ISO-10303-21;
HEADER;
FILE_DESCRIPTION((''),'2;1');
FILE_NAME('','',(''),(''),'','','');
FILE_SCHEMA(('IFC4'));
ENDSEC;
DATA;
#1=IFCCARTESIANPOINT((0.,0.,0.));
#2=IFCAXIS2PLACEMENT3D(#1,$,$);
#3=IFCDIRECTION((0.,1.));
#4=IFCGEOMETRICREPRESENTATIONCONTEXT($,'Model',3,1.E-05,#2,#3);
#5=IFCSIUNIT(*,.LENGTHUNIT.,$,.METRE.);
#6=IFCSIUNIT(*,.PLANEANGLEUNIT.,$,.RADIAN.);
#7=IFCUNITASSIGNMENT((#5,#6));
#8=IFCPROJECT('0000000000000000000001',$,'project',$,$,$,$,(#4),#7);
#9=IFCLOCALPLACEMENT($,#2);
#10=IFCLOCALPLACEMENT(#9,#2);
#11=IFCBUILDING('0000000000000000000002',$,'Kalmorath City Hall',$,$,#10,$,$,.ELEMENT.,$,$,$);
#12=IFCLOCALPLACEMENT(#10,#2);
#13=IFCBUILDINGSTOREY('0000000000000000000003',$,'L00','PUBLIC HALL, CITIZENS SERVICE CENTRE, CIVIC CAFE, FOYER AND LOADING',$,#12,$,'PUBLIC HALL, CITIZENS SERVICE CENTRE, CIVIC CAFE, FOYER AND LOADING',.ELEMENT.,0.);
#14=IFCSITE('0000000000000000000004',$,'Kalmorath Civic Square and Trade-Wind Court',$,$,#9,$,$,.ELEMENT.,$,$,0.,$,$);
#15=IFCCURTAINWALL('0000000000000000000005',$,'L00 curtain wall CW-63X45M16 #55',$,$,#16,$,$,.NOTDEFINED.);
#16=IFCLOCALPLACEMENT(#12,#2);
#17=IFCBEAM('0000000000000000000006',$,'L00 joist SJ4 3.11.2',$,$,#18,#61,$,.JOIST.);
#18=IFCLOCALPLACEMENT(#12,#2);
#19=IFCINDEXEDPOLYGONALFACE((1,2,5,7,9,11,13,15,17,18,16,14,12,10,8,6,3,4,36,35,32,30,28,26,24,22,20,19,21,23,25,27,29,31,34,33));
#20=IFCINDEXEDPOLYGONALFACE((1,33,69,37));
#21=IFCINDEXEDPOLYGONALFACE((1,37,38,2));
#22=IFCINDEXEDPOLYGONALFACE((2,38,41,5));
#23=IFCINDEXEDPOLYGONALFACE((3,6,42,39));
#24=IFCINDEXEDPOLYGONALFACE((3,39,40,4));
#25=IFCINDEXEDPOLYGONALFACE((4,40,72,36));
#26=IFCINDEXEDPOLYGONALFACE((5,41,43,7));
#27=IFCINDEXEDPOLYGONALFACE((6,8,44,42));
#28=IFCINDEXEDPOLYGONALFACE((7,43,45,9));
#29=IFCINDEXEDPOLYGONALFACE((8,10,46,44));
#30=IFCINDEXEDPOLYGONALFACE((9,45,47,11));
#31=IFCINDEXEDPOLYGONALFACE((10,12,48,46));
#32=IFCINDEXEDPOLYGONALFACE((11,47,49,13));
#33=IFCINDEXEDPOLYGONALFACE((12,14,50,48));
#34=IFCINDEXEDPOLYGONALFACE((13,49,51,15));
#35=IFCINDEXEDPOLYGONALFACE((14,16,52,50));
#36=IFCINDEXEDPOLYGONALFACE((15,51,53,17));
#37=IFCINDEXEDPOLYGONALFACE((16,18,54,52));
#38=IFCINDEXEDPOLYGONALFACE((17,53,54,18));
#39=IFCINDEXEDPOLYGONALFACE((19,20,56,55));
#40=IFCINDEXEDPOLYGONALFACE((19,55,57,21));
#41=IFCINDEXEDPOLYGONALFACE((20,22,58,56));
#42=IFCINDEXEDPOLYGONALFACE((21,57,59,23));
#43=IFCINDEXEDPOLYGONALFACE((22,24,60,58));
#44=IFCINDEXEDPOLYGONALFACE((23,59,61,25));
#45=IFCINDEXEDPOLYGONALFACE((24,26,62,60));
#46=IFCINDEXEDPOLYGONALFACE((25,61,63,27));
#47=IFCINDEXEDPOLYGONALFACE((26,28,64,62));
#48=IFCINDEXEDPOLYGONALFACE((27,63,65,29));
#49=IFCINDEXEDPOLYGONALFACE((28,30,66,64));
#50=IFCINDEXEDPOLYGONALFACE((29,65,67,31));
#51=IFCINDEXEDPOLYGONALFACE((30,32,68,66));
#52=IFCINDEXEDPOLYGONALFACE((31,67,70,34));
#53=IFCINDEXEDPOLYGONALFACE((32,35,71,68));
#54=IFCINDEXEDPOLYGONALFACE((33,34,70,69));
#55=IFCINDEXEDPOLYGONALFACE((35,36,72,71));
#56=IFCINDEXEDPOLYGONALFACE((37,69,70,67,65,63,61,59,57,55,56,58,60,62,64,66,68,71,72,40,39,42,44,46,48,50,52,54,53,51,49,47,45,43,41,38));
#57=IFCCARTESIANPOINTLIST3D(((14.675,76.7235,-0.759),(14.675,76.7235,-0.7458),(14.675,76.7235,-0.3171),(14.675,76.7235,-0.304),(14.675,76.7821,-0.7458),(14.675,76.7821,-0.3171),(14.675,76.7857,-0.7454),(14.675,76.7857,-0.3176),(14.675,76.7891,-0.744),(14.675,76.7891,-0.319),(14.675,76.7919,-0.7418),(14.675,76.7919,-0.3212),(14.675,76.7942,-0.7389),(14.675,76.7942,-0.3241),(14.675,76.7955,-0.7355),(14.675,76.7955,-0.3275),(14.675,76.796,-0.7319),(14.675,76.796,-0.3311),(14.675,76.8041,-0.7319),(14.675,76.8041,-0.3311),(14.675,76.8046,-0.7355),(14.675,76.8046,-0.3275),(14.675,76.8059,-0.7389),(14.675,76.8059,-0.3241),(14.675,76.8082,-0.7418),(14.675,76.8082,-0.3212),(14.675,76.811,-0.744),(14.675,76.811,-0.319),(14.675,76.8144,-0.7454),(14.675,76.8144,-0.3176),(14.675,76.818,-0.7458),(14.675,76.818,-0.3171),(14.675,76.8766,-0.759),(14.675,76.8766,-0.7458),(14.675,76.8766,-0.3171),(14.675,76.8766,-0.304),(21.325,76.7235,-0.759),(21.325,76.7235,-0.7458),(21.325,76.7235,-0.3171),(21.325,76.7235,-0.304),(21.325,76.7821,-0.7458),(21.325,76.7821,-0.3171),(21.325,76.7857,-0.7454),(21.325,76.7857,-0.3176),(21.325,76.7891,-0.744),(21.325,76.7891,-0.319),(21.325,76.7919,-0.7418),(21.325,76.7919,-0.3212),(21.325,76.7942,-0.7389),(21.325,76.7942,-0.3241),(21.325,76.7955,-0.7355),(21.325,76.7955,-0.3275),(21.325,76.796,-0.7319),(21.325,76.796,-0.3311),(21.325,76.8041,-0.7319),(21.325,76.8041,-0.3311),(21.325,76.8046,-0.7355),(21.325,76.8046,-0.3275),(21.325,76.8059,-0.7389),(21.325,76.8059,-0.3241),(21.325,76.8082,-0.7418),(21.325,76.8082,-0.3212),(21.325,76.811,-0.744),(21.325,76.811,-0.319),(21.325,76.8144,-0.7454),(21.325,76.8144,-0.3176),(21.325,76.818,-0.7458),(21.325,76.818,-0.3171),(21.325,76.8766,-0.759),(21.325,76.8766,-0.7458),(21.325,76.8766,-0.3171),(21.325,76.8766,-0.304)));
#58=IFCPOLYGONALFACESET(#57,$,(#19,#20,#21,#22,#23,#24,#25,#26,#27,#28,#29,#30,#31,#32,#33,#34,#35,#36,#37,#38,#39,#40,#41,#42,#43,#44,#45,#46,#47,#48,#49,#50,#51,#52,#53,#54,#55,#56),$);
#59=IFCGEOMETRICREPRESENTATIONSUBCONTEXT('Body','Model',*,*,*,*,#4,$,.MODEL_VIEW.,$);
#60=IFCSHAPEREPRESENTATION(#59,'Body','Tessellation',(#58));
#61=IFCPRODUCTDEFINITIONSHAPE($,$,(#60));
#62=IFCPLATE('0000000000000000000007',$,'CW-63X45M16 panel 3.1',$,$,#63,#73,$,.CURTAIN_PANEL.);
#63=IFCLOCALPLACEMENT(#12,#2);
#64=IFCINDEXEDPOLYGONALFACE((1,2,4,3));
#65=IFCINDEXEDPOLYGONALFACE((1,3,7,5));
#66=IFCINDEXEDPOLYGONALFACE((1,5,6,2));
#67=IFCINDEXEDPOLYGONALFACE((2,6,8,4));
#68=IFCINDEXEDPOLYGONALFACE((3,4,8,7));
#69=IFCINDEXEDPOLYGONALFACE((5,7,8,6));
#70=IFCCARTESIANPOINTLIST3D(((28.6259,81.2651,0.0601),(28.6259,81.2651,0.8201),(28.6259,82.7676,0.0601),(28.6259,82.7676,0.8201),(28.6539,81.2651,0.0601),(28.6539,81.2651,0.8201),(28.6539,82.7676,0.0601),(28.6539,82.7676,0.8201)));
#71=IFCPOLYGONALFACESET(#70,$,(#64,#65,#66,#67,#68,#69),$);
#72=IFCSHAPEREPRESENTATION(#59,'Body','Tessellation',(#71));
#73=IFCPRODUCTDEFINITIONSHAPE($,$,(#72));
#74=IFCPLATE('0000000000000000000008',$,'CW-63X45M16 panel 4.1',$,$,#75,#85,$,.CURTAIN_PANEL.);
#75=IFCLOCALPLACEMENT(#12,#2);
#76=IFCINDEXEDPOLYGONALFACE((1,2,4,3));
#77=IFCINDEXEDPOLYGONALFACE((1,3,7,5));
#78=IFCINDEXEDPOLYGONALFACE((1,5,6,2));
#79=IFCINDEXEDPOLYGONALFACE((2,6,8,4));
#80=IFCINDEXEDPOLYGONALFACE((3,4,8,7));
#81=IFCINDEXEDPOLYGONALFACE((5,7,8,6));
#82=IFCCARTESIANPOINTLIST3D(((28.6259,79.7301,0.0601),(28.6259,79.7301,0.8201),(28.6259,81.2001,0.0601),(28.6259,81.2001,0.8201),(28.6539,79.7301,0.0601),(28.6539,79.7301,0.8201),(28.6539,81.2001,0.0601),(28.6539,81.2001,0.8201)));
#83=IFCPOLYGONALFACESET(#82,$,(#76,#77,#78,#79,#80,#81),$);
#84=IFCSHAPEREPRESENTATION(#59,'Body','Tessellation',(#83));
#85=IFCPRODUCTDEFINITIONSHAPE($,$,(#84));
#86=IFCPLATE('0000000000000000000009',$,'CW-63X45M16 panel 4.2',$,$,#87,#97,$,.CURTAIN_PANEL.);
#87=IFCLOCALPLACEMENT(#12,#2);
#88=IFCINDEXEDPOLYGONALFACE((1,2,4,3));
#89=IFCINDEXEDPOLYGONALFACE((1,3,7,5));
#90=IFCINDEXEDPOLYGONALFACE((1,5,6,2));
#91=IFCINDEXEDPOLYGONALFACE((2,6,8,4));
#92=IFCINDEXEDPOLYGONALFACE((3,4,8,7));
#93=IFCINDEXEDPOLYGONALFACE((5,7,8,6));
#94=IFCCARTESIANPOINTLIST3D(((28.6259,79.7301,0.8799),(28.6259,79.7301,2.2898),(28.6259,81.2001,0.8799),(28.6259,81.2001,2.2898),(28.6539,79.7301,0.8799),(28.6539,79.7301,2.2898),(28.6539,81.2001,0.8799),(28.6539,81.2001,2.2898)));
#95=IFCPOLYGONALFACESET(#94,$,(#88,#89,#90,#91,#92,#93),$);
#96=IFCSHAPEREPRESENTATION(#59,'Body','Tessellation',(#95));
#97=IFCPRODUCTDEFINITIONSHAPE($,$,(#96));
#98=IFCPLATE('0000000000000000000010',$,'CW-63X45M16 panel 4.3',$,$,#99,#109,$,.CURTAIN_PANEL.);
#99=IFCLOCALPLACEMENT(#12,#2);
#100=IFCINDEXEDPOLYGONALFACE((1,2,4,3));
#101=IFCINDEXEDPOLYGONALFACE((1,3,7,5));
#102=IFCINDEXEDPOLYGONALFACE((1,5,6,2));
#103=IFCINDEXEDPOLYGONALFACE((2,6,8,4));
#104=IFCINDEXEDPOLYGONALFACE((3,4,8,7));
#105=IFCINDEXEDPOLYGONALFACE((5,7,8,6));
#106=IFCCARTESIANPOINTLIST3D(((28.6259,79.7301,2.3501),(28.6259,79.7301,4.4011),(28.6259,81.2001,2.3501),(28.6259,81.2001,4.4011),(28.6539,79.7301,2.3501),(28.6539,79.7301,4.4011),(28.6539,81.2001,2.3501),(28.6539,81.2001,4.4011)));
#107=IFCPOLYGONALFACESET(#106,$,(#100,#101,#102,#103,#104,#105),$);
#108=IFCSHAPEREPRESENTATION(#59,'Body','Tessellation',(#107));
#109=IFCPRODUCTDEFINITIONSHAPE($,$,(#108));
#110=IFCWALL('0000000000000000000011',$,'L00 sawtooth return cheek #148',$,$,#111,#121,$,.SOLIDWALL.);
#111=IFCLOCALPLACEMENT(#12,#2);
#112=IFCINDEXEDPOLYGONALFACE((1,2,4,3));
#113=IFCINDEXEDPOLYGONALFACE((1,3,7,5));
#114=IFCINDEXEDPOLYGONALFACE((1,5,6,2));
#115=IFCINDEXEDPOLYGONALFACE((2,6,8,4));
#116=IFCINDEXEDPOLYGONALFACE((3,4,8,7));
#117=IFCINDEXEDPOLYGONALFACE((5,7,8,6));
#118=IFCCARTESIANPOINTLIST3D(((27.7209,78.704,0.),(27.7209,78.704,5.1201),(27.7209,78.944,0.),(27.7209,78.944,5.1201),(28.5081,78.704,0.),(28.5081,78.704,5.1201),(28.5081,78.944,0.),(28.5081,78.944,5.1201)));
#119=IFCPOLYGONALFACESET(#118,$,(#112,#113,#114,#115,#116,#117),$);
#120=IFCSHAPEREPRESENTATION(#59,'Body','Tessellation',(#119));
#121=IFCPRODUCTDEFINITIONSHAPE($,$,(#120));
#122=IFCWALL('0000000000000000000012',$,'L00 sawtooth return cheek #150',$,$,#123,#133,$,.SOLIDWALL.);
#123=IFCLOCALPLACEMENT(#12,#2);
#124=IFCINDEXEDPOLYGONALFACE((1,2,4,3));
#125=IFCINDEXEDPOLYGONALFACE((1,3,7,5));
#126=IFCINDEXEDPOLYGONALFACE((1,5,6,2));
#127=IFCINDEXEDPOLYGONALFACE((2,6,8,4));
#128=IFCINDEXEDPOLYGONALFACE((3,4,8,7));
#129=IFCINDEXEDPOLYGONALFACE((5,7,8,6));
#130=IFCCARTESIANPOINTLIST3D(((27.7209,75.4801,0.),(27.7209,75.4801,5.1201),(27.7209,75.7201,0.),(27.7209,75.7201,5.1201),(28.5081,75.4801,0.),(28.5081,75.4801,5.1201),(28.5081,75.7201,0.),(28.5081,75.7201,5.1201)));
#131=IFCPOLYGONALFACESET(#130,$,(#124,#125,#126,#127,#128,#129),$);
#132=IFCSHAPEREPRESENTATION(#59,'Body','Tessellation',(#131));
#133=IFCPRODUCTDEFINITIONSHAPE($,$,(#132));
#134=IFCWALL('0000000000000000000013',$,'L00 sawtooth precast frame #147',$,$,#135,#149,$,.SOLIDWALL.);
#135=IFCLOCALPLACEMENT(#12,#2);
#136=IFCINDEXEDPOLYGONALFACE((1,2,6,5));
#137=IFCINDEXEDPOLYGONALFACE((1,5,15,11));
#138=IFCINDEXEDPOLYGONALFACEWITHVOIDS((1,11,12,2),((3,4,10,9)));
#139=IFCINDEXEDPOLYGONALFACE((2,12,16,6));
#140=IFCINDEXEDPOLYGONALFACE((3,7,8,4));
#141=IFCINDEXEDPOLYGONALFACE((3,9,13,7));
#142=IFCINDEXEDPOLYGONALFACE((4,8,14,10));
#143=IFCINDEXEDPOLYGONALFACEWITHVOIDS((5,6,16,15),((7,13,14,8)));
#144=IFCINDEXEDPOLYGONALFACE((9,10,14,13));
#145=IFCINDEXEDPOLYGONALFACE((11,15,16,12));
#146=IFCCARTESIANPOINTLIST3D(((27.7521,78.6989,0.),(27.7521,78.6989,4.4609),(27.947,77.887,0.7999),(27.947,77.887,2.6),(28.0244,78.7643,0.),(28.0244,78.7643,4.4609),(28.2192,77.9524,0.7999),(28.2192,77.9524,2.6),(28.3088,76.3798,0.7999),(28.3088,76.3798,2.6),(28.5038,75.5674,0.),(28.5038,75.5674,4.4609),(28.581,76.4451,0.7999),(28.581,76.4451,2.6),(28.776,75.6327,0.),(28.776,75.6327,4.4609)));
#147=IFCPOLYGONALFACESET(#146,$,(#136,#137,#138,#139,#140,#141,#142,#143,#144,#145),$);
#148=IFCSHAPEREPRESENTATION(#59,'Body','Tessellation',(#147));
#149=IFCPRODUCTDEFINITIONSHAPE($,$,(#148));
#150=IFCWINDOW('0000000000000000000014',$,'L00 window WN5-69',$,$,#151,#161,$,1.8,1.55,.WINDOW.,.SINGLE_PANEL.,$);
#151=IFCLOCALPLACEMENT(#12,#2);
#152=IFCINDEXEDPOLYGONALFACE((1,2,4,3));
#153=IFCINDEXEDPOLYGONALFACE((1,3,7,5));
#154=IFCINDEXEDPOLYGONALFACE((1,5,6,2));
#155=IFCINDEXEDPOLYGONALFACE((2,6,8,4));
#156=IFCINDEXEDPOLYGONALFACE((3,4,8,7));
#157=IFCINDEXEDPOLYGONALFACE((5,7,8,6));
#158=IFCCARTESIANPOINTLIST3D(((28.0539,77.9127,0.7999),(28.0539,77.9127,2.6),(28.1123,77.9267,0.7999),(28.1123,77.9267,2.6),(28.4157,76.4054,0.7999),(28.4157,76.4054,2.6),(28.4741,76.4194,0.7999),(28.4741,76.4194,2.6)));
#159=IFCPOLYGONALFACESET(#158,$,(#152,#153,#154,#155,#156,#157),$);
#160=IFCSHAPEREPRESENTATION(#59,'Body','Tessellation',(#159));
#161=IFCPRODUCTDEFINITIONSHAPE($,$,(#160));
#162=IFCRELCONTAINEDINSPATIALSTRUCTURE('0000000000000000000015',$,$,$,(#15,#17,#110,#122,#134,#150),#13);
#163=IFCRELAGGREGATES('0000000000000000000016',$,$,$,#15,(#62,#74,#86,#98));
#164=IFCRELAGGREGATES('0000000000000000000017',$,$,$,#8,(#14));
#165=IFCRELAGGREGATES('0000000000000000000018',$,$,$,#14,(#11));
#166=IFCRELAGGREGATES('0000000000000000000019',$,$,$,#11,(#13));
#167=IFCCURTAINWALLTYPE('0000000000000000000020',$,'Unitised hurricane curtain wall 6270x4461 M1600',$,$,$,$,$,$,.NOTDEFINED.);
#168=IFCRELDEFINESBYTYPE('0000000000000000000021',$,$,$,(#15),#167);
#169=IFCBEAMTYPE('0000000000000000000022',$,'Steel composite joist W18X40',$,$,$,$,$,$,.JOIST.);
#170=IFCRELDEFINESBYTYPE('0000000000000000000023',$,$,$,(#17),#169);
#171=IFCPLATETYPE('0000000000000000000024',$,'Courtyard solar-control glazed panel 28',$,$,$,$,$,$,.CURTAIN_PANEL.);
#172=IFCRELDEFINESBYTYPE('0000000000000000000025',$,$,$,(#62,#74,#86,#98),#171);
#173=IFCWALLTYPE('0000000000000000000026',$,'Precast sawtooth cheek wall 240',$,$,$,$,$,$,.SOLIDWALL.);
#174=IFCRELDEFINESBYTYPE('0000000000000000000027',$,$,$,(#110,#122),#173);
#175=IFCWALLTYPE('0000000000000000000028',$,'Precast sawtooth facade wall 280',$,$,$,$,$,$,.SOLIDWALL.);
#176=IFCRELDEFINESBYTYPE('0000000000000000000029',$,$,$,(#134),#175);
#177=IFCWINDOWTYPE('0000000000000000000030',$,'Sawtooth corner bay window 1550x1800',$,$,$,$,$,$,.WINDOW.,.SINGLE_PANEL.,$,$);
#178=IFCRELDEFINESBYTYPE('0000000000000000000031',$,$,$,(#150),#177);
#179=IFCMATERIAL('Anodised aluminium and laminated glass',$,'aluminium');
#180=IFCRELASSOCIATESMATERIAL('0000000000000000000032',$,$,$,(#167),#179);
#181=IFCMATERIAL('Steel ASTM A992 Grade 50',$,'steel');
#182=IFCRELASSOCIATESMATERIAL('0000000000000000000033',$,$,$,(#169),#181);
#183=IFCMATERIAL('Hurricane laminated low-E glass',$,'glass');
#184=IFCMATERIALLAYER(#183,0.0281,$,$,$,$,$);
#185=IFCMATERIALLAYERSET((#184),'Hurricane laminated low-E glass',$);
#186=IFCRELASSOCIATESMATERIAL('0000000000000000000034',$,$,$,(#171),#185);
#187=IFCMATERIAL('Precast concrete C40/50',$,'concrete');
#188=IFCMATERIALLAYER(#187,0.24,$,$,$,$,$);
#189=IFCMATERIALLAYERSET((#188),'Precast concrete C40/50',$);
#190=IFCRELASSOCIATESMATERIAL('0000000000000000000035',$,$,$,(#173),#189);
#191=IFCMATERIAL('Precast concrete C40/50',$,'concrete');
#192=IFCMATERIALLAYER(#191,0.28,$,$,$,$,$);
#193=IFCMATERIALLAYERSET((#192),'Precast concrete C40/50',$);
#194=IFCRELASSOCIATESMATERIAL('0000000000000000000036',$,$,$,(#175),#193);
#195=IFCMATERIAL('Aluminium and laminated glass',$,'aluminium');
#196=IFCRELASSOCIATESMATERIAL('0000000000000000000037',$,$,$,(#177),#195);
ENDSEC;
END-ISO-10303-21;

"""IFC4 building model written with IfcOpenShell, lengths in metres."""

from ifc_helpers import new_model, si_unit, direction, frame, frame_2d, origin, origin_2d, place, context, subcontext, project, spatial, rectangle, i_section, extrude, material, layer, layer_set, material_profile, profile_set, type_object, element, fill, aggregate, save


model = new_model("IFC4")

# Units and contexts
model_context = context("Model", 3, precision=1e-05, world=origin(), true_north=direction((0.0, 1.0)))
body_context = subcontext(model_context, "Body", "Model", "MODEL_VIEW")
ifc_project = project(units=[si_unit("LENGTHUNIT", "METRE"), si_unit("PLANEANGLEUNIT", "RADIAN")], contexts=[model_context])

# Site, building, storey
site_placement = place(None, origin())
site = spatial("IfcSite", under=ifc_project, at=site_placement, Name="Kalmorath Civic Square and Trade-Wind Court", CompositionType="ELEMENT", RefElevation=0.0)
building_placement = place(site_placement, origin())
building = spatial("IfcBuilding", under=site, at=building_placement, Name="Kalmorath City Hall", CompositionType="ELEMENT")
storey_placement = place(building_placement, origin())
storey = spatial("IfcBuildingStorey", under=building, at=storey_placement, Name="L00", Description="PUBLIC HALL, CITIZENS SERVICE CENTRE, CIVIC CAFE, FOYER AND LOADING", LongName="PUBLIC HALL, CITIZENS SERVICE CENTRE, CIVIC CAFE, FOYER AND LOADING", CompositionType="ELEMENT", Elevation=0.0)

# Curtain wall
ifc_material_1 = material(Name="Anodised aluminium and laminated glass", Category="aluminium")
curtain_wall_type = type_object("IfcCurtainWallType", Name="Unitised hurricane curtain wall 6270x4461 M1600", PredefinedType="NOTDEFINED", material=ifc_material_1)
curtain_wall_placement = place(storey_placement, origin())
curtain_wall = element("IfcCurtainWall", 1, at=curtain_wall_placement, inside=storey, type_object=curtain_wall_type, Name="L00 curtain wall CW-63X45M16 #55", PredefinedType="NOTDEFINED")

# Beam
ifc_material_2 = material(Name="Steel ASTM A992 Grade 50", Category="steel")
ifc_material_profile_1 = material_profile(ifc_material_2, i_section(OverallWidth=0.1531, OverallDepth=0.4551, WebThickness=0.0081, FlangeThickness=0.0132, FilletRadius=0.0139, at=origin_2d()), Name="W18X40")
ifc_profile_set_1 = profile_set([ifc_material_profile_1], Name="Steel ASTM A992 Grade 50")
beam_type_1 = type_object("IfcBeamType", Name="Steel composite joist W18X40", PredefinedType="JOIST", material=ifc_profile_set_1)
for number, where, z_axis, x_axis, name in (
    (2, (14.675, 76.8, -0.5315), (1.0, 0.0, 0.0), (0.0, 1.0, 0.0), "L00 joist SJ4 3.11.2"),
):
    element("IfcBeam", number, at=place(storey_placement, frame(where, z_axis=z_axis, x_axis=x_axis)), inside=storey, type_object=beam_type_1, Name=name, PredefinedType="JOIST", context=body_context, shape_type="SweptSolid", body=[
        extrude(i_section(OverallWidth=0.1531, OverallDepth=0.4551, WebThickness=0.0081, FlangeThickness=0.0132, FilletRadius=0.0139, at=origin_2d()), origin(), (0.0, 0.0, 1.0), 6.6499),
    ])

# Plates
ifc_material_3 = material(Name="Hurricane laminated low-E glass", Category="glass")
ifc_layer_1 = layer(ifc_material_3, 0.0281)
ifc_layer_set_1 = layer_set([ifc_layer_1], Name="Hurricane laminated low-E glass")
plate_type = type_object("IfcPlateType", Name="Courtyard solar-control glazed panel 28", PredefinedType="CURTAIN_PANEL", material=ifc_layer_set_1)
plate_1_placement = place(storey_placement, frame((28.6399, 82.0164, 0.0601), z_axis=(0.0, 0.0, 1.0), x_axis=(0.0, -1.0, 0.0)))
plate_1 = element("IfcPlate", 3, at=plate_1_placement, type_object=plate_type, Name="CW-63X45M16 panel 3.1", PredefinedType="CURTAIN_PANEL", context=body_context, shape_type="SweptSolid", body=[
    extrude(rectangle(XDim=1.5024, YDim=0.0281, at=origin_2d()), origin(), (0.0, 0.0, 1.0), 0.76),
])
plate_2_placement = place(storey_placement, frame((28.6399, 80.4651, 0.0601), z_axis=(0.0, 0.0, 1.0), x_axis=(0.0, -1.0, 0.0)))
plate_2 = element("IfcPlate", 4, at=plate_2_placement, type_object=plate_type, Name="CW-63X45M16 panel 4.1", PredefinedType="CURTAIN_PANEL", context=body_context, shape_type="SweptSolid", body=[
    extrude(rectangle(XDim=1.47, YDim=0.0281, at=origin_2d()), origin(), (0.0, 0.0, 1.0), 0.76),
])
plate_3_placement = place(storey_placement, frame((28.6399, 80.4651, 0.8799), z_axis=(0.0, 0.0, 1.0), x_axis=(0.0, -1.0, 0.0)))
plate_3 = element("IfcPlate", 5, at=plate_3_placement, type_object=plate_type, Name="CW-63X45M16 panel 4.2", PredefinedType="CURTAIN_PANEL", context=body_context, shape_type="SweptSolid", body=[
    extrude(rectangle(XDim=1.47, YDim=0.0281, at=origin_2d()), origin(), (0.0, 0.0, 1.0), 1.4099),
])
plate_4_placement = place(storey_placement, frame((28.6399, 80.4651, 2.3501), z_axis=(0.0, 0.0, 1.0), x_axis=(0.0, -1.0, 0.0)))
plate_4 = element("IfcPlate", 6, at=plate_4_placement, type_object=plate_type, Name="CW-63X45M16 panel 4.3", PredefinedType="CURTAIN_PANEL", context=body_context, shape_type="SweptSolid", body=[
    extrude(rectangle(XDim=1.47, YDim=0.0281, at=origin_2d()), origin(), (0.0, 0.0, 1.0), 2.051),
])
aggregate(curtain_wall, [plate_1, plate_2, plate_3, plate_4])

# Walls
ifc_material_4 = material(Name="Precast concrete C40/50", Category="concrete")
ifc_layer_2 = layer(ifc_material_4, 0.24)
ifc_layer_set_2 = layer_set([ifc_layer_2], Name="Precast concrete C40/50")
wall_type_1 = type_object("IfcWallType", Name="Precast sawtooth cheek wall 240", PredefinedType="SOLIDWALL", material=ifc_layer_set_2)
for number, where, z_axis, x_axis, name in (
    (7, (27.7209, 78.824, 0.0), (0.0, 0.0, 1.0), (1.0, 0.0, 0.0), "L00 sawtooth return cheek #148"),
    (8, (27.7209, 75.6001, 0.0), (0.0, 0.0, 1.0), (1.0, 0.0, 0.0), "L00 sawtooth return cheek #150"),
):
    element("IfcWall", number, at=place(storey_placement, frame(where, z_axis=z_axis, x_axis=x_axis)), inside=storey, type_object=wall_type_1, Name=name, PredefinedType="SOLIDWALL", context=body_context, shape_type="SweptSolid", body=[
        extrude(rectangle(XDim=0.7871, YDim=0.24, at=frame_2d((0.3936, 0.0))), origin(), (0.0, 0.0, 1.0), 5.1201),
    ])

# Wall, opening, window
ifc_material_5 = material(Name="Precast concrete C40/50", Category="concrete")
ifc_layer_3 = layer(ifc_material_5, 0.28)
ifc_layer_set_3 = layer_set([ifc_layer_3], Name="Precast concrete C40/50")
wall_type_2 = type_object("IfcWallType", Name="Precast sawtooth facade wall 280", PredefinedType="SOLIDWALL", material=ifc_layer_set_3)
wall_1_placement = place(storey_placement, frame((27.8882, 78.7317, 0.0), z_axis=(0.0, 0.0, 1.0), x_axis=(0.23341, -0.972378, 0.0)))
wall_1 = element("IfcWall", 9, at=wall_1_placement, inside=storey, type_object=wall_type_2, Name="L00 sawtooth precast frame #147", PredefinedType="SOLIDWALL", context=body_context, shape_type="SweptSolid", body=[
    extrude(rectangle(XDim=3.2205, YDim=0.28, at=frame_2d((1.6104, 0.0))), origin(), (0.0, 0.0, 1.0), 4.4609),
])
opening_1_placement = place(wall_1_placement, frame((0.8352, 0.0, 0.8)))
opening_1 = element("IfcOpeningElement", 10, at=opening_1_placement, cuts=wall_1, PredefinedType="OPENING", context=body_context, shape_type="SweptSolid", body=[
    extrude(rectangle(XDim=1.55, YDim=1.8, at=frame_2d((0.7749, 0.8999))), frame((0.0, 0.1499, 0.0), z_axis=(0.0, -1.0, 0.0), x_axis=(1.0, 0.0, 0.0)), (0.0, 0.0, 1.0), 0.3),
])
ifc_material_6 = material(Name="Aluminium and laminated glass", Category="aluminium")
window_type = type_object("IfcWindowType", Name="Sawtooth corner bay window 1550x1800", PartitioningType="SINGLE_PANEL", PredefinedType="WINDOW", material=ifc_material_6)
window_1_placement = place(opening_1_placement, origin())
window_1 = element("IfcWindow", 11, at=window_1_placement, inside=storey, type_object=window_type, Name="L00 window WN5-69", OverallHeight=1.8, OverallWidth=1.55, PartitioningType="SINGLE_PANEL", PredefinedType="WINDOW", context=body_context, shape_type="SweptSolid", body=[
    extrude(rectangle(XDim=1.55, YDim=1.8, at=frame_2d((0.7749, 0.8999))), frame((0.0, 0.03, 0.0), z_axis=(0.0, -1.0, 0.0), x_axis=(1.0, 0.0, 0.0)), (0.0, 0.0, 1.0), 0.0601),
])
fill(opening_1, window_1)

save(model, "model.ifc")
